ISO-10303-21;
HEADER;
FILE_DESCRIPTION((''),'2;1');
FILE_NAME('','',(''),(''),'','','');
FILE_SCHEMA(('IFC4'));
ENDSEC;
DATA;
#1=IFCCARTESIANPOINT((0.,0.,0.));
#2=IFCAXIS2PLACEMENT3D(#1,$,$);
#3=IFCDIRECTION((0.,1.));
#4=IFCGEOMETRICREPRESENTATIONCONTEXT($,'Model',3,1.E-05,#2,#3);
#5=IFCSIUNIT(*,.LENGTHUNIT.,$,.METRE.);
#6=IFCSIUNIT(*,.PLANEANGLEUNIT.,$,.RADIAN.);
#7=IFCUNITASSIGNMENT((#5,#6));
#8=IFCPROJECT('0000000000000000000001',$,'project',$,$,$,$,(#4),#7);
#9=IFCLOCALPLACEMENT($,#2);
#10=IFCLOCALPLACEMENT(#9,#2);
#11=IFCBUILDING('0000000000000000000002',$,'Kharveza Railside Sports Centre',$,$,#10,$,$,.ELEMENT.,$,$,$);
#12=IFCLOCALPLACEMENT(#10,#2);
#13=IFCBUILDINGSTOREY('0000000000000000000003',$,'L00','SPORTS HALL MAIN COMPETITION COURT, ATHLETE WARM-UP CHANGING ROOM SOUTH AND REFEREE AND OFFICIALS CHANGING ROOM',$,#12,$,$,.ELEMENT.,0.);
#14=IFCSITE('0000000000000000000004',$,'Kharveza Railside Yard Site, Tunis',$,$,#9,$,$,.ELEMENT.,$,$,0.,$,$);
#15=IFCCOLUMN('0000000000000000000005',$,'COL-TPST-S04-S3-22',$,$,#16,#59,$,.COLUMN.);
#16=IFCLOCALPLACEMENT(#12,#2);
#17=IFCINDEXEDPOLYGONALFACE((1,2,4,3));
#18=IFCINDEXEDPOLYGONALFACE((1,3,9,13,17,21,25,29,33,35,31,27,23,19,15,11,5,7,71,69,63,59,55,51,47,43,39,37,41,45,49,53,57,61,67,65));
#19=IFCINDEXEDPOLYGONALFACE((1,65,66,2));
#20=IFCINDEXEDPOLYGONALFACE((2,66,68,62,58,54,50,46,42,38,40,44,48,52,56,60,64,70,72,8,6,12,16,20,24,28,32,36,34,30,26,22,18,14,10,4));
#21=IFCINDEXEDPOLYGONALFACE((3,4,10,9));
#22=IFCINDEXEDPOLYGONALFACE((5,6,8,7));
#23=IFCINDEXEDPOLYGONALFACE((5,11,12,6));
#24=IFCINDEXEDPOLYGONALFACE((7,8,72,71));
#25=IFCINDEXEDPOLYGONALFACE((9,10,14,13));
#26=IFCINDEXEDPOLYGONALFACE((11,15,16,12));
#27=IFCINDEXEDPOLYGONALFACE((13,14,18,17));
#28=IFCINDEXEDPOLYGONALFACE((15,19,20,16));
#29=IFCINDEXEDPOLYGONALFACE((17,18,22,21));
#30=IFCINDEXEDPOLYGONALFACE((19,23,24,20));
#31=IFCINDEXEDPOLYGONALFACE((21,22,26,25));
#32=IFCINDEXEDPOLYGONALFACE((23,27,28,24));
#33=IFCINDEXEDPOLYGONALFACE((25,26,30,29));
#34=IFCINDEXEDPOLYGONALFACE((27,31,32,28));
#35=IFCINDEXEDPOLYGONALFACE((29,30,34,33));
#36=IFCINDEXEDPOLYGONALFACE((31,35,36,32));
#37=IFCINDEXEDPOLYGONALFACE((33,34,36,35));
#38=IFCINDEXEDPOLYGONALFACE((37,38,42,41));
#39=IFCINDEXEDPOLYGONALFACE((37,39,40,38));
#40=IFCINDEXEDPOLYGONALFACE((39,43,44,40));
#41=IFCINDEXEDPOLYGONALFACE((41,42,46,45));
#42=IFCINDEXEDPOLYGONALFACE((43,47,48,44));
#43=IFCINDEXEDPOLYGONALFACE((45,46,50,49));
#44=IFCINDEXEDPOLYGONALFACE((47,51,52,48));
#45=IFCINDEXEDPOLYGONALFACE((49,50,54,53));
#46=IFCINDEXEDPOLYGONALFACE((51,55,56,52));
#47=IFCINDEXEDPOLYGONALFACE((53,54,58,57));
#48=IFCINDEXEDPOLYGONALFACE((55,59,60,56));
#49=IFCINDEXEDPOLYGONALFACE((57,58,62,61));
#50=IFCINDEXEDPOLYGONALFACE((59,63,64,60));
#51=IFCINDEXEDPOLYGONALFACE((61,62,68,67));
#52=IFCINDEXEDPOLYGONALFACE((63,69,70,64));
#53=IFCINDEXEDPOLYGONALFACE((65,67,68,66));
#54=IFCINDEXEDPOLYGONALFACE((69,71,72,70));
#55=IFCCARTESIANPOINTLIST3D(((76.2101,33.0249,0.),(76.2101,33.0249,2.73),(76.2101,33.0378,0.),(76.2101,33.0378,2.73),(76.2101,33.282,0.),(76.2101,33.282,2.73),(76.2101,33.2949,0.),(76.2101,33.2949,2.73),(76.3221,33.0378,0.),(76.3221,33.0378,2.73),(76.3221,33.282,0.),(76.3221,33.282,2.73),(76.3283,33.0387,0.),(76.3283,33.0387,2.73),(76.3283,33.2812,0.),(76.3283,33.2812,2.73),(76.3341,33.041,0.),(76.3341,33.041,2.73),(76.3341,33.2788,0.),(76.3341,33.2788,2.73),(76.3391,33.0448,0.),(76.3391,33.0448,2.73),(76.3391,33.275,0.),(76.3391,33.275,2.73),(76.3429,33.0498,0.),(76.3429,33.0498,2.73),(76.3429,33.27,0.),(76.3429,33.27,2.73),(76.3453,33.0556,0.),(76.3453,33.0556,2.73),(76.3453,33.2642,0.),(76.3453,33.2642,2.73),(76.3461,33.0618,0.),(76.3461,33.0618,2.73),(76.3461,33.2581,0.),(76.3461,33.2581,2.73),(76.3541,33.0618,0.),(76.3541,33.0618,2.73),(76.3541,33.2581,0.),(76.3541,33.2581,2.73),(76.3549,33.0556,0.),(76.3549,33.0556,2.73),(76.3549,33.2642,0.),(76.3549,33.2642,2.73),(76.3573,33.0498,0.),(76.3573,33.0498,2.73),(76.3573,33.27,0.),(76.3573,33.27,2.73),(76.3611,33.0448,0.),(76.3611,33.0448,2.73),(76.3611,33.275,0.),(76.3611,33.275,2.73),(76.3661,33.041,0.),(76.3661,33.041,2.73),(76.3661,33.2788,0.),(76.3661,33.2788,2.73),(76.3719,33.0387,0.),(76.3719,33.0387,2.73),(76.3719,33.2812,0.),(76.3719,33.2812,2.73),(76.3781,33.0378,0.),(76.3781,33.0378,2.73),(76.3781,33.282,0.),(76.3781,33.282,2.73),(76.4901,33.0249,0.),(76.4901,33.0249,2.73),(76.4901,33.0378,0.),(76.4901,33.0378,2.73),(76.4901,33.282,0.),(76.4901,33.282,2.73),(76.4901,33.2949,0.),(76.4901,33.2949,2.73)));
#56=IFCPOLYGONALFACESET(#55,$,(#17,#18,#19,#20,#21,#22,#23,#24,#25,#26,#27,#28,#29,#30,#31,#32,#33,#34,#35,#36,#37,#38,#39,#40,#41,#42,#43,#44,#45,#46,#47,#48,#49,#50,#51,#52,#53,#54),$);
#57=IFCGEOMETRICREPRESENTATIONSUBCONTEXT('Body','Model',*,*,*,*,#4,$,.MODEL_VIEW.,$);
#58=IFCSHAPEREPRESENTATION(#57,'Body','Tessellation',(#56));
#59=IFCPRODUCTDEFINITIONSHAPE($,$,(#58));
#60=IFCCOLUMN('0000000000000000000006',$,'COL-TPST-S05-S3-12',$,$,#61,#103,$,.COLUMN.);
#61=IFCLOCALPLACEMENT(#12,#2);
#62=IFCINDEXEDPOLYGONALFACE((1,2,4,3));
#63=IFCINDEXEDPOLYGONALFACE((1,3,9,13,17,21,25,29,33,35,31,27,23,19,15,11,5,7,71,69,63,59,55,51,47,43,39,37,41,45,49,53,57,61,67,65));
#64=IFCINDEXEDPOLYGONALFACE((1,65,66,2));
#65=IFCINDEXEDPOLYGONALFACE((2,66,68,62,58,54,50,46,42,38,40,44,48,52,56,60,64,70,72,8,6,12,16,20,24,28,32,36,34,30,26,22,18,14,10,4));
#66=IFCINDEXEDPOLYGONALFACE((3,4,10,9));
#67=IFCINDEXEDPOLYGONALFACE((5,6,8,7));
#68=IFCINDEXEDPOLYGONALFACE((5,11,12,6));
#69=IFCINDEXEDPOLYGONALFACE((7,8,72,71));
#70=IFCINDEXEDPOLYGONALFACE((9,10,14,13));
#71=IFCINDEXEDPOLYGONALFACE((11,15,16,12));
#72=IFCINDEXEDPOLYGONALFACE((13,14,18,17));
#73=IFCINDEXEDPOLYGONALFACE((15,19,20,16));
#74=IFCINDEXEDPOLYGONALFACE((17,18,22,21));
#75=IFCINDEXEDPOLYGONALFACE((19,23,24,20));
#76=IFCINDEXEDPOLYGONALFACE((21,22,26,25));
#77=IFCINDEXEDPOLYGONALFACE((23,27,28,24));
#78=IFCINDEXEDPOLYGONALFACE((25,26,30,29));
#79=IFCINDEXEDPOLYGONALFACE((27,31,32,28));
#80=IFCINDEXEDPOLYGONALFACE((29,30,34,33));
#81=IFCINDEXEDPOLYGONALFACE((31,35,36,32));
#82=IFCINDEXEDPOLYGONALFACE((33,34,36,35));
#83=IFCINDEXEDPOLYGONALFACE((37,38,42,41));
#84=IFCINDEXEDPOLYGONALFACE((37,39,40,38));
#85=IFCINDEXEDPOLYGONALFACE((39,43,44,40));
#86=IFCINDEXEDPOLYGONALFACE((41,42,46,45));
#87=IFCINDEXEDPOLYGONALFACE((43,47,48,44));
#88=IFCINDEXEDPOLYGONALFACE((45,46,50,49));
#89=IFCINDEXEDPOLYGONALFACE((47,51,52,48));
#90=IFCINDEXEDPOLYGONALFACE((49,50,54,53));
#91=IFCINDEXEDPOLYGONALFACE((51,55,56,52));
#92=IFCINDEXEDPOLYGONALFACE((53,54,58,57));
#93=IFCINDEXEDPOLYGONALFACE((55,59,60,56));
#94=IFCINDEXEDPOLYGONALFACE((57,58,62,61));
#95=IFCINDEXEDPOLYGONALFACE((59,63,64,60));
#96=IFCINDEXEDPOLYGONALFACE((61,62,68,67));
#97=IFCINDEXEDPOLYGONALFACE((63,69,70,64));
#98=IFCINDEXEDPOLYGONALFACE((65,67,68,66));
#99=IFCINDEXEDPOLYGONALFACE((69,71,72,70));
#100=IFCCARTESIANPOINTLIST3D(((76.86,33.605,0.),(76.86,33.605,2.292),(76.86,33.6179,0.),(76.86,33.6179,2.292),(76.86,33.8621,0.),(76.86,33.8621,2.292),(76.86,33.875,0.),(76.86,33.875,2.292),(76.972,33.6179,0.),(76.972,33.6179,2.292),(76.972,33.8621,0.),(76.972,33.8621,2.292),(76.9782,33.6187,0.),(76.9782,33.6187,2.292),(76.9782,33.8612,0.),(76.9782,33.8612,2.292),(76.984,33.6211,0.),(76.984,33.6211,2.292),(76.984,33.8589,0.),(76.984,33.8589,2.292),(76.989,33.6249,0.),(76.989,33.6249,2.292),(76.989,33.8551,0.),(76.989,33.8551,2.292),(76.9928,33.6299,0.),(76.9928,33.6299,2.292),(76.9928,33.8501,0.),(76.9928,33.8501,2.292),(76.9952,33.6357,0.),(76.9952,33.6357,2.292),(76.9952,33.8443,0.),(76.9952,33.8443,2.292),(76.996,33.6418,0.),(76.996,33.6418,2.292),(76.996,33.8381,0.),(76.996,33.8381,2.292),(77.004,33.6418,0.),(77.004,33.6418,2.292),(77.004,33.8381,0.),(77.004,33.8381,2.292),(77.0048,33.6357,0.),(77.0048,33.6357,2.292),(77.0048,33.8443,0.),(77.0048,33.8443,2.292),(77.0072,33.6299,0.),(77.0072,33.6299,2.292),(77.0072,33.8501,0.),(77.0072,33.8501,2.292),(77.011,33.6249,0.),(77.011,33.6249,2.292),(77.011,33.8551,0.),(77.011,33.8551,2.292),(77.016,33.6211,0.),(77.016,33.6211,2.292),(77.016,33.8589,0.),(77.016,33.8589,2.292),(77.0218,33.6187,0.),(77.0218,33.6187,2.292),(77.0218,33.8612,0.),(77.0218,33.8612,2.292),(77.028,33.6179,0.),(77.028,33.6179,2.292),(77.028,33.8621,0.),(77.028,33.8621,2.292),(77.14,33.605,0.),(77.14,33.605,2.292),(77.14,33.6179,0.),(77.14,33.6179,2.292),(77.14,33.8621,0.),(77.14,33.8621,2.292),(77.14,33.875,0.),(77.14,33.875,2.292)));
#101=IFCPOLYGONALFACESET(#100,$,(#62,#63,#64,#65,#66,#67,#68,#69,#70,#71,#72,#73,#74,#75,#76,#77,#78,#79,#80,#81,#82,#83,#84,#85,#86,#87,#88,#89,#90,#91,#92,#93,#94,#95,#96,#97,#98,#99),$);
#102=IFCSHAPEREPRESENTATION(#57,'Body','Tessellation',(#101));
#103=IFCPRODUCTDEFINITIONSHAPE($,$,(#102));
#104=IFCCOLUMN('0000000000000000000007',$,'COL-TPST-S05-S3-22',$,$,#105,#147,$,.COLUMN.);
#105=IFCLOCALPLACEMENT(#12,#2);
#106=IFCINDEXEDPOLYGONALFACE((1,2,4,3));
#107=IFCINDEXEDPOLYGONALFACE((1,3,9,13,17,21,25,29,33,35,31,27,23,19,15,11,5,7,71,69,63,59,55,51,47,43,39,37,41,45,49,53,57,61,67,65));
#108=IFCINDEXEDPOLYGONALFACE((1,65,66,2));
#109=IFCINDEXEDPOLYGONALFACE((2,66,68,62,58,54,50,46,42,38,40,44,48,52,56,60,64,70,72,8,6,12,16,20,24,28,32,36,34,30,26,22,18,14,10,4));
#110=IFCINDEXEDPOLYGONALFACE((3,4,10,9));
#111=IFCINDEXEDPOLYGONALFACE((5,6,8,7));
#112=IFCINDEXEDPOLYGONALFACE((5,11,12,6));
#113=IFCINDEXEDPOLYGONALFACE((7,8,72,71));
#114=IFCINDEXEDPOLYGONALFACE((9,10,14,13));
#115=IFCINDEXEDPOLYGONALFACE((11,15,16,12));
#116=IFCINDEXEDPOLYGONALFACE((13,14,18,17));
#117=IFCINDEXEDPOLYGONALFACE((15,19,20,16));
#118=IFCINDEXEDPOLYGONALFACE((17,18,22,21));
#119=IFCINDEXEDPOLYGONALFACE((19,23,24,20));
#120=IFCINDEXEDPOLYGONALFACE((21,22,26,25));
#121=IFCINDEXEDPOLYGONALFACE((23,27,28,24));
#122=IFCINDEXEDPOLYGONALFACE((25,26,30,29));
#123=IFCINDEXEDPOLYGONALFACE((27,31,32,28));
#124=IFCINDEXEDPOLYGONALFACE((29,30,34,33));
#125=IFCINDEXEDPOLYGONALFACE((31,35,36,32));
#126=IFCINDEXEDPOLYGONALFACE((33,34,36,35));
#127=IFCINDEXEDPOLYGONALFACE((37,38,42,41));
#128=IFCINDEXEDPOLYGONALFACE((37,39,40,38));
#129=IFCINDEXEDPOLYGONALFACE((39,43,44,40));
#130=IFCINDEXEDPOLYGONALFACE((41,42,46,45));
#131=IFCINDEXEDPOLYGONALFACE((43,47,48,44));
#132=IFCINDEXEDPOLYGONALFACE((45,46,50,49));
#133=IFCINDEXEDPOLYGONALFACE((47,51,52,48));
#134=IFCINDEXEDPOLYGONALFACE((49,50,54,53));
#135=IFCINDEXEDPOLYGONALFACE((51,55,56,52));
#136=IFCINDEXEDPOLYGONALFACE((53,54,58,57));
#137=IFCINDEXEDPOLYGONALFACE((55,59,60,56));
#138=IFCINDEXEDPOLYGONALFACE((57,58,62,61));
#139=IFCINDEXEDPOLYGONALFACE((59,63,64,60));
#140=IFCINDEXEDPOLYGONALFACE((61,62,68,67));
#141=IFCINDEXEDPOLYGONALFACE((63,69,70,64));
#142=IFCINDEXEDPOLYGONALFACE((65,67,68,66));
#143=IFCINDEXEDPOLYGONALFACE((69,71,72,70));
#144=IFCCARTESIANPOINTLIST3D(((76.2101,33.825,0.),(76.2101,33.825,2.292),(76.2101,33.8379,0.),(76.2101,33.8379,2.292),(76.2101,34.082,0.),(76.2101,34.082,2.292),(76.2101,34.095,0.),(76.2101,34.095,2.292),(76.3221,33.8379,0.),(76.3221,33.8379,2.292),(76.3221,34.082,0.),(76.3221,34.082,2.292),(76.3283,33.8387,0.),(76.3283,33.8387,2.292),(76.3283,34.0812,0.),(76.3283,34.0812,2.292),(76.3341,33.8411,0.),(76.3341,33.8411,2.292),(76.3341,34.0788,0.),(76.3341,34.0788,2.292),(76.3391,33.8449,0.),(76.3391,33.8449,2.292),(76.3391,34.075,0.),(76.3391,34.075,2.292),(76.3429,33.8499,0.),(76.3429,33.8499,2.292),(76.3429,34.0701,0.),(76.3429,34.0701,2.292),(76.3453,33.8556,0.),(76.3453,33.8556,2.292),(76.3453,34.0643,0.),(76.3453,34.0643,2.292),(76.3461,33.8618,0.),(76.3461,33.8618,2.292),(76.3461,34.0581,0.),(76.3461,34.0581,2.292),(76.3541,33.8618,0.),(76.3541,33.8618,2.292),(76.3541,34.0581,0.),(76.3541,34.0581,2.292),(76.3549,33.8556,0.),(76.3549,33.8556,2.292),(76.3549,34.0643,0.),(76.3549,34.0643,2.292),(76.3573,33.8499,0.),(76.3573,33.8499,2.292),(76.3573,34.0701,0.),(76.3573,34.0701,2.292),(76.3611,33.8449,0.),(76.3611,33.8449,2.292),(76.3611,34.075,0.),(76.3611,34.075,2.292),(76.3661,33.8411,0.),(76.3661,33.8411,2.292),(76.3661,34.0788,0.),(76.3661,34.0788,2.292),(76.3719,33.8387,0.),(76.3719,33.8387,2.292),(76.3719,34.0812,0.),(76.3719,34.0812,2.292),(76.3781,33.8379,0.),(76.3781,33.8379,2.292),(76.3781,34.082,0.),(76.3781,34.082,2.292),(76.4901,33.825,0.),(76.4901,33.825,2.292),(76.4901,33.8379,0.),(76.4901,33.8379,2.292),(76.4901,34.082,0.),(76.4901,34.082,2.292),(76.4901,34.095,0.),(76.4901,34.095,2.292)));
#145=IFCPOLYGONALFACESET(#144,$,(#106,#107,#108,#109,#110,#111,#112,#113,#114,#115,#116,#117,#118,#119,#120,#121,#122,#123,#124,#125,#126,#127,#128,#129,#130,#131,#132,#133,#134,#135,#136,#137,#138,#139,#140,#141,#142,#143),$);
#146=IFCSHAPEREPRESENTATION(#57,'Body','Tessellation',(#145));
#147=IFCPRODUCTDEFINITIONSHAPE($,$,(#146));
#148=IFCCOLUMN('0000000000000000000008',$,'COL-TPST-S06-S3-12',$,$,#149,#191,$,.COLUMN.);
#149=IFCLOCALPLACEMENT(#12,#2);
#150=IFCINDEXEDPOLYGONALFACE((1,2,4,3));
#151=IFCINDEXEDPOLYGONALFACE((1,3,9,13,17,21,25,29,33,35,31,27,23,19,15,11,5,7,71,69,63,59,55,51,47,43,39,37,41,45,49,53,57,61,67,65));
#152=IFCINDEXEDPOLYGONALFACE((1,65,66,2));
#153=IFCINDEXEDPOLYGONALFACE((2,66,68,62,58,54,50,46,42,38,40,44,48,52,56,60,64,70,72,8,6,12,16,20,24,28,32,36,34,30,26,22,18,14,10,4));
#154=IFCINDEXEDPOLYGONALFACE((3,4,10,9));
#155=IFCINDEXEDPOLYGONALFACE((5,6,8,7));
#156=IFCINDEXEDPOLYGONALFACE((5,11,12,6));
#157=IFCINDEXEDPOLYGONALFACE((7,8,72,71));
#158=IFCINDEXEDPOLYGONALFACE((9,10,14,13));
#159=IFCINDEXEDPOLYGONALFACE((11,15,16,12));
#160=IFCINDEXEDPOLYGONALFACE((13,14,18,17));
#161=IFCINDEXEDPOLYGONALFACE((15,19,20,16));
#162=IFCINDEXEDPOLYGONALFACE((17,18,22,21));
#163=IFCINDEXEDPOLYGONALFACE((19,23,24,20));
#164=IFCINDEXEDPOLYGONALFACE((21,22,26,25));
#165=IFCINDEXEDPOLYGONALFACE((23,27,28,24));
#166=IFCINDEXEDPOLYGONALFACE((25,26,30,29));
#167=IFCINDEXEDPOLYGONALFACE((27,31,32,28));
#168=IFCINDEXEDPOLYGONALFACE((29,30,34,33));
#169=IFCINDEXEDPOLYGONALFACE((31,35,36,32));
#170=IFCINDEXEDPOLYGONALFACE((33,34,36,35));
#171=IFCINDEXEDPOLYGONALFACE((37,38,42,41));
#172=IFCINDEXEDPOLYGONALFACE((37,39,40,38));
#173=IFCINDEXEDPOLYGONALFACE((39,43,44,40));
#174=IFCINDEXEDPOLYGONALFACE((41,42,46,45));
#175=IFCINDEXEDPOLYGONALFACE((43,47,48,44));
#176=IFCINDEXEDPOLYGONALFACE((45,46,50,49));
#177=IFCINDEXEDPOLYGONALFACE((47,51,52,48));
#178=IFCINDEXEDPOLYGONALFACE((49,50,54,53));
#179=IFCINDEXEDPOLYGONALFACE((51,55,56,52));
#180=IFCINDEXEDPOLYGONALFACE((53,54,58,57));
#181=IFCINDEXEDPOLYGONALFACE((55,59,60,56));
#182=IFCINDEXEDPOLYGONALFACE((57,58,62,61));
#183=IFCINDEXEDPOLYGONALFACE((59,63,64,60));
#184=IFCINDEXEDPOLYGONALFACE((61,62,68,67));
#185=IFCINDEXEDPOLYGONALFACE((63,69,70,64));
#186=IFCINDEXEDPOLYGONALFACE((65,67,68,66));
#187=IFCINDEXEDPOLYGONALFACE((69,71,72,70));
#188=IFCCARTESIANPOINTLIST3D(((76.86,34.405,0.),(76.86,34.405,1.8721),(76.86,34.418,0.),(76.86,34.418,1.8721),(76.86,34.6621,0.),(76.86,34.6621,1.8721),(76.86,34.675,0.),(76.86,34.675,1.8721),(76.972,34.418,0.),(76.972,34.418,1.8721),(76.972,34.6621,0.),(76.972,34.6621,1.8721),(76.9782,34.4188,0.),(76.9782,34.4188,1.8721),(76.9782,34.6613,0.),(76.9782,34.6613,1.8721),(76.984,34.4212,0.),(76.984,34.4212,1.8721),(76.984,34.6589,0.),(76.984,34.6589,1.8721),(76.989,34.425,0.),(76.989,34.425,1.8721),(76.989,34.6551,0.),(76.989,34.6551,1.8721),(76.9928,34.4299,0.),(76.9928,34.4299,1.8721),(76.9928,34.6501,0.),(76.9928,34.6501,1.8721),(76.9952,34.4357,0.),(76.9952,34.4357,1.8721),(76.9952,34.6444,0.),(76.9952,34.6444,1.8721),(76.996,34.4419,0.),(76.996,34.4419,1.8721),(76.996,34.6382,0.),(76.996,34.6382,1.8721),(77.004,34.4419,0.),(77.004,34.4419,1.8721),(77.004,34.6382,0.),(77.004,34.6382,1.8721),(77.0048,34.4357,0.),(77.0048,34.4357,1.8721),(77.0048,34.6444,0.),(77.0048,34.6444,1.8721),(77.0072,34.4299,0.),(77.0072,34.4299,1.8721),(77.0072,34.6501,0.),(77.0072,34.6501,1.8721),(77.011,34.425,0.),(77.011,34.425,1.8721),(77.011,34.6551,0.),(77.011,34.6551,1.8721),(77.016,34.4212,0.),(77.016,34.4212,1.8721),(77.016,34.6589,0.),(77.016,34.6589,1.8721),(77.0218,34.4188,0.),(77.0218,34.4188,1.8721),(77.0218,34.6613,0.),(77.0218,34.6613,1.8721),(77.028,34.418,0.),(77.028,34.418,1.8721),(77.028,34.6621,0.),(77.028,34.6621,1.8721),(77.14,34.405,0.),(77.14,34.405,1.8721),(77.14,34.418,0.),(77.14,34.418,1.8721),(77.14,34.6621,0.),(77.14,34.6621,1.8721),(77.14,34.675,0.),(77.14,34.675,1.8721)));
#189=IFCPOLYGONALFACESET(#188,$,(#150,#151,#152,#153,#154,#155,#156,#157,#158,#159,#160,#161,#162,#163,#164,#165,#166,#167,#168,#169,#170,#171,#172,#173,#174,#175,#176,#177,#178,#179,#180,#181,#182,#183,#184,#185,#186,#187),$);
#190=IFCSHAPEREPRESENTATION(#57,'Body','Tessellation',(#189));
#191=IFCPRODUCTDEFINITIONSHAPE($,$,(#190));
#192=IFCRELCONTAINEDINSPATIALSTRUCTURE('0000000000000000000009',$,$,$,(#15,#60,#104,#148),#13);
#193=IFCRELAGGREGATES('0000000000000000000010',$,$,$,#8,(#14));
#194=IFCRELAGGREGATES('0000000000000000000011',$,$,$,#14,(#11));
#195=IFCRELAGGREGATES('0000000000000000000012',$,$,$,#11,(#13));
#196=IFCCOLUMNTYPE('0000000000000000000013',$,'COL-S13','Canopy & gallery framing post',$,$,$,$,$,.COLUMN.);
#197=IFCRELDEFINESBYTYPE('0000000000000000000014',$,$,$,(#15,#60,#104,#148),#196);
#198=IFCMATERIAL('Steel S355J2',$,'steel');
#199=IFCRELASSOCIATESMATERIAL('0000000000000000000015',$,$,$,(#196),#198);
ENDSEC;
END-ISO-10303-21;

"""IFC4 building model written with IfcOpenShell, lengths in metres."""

from ifc_helpers import new_model, si_unit, direction, frame, origin, origin_2d, place, context, subcontext, project, spatial, i_section, extrude, material, material_profile, profile_set, type_object, element, save


model = new_model("IFC4")

# Units and contexts
model_context = context("Model", 3, precision=1e-05, world=origin(), true_north=direction((0.0, 1.0)))
body_context = subcontext(model_context, "Body", "Model", "MODEL_VIEW")
ifc_project = project(units=[si_unit("LENGTHUNIT", "METRE"), si_unit("PLANEANGLEUNIT", "RADIAN")], contexts=[model_context])

# Site, building, storey
site_placement = place(None, origin())
site = spatial("IfcSite", under=ifc_project, at=site_placement, Name="Kharveza Railside Yard Site, Tunis", CompositionType="ELEMENT", RefElevation=0.0)
building_placement = place(site_placement, origin())
building = spatial("IfcBuilding", under=site, at=building_placement, Name="Kharveza Railside Sports Centre", CompositionType="ELEMENT")
storey_placement = place(building_placement, origin())
storey = spatial("IfcBuildingStorey", under=building, at=storey_placement, Name="L00", Description="SPORTS HALL MAIN COMPETITION COURT, ATHLETE WARM-UP CHANGING ROOM SOUTH AND REFEREE AND OFFICIALS CHANGING ROOM", CompositionType="ELEMENT", Elevation=0.0)

# Columns
ifc_material_1 = material(Name="Steel S355J2", Category="steel")
ifc_material_profile_1 = material_profile(ifc_material_1, i_section(OverallWidth=0.28, OverallDepth=0.27, WebThickness=0.0081, FlangeThickness=0.0129, FilletRadius=0.0239, at=origin_2d()), Name="HEA 280")
ifc_profile_set_1 = profile_set([ifc_material_profile_1], Name="Steel S355J2")
column_type_1 = type_object("IfcColumnType", Name="COL-S13", Description="Canopy & gallery framing post", PredefinedType="COLUMN", material=ifc_profile_set_1)
for number, where, z_axis, x_axis, name in (
    (1, (76.3501, 33.1599, 0.0), (0.0, 0.0, 1.0), (1.0, 0.0, 0.0), "COL-TPST-S04-S3-22"),
):
    element("IfcColumn", number, at=place(storey_placement, frame(where, z_axis=z_axis, x_axis=x_axis)), inside=storey, type_object=column_type_1, Name=name, PredefinedType="COLUMN", context=body_context, shape_type="SweptSolid", body=[
        extrude(i_section(OverallWidth=0.28, OverallDepth=0.27, WebThickness=0.0081, FlangeThickness=0.0129, FilletRadius=0.0239, at=origin_2d()), origin(), (0.0, 0.0, 1.0), 2.73),
    ])
for number, where, z_axis, x_axis, name in (
    (2, (77.0, 33.74, 0.0), (0.0, 0.0, 1.0), (1.0, 0.0, 0.0), "COL-TPST-S05-S3-12"),
    (3, (76.3501, 33.96, 0.0), (0.0, 0.0, 1.0), (1.0, 0.0, 0.0), "COL-TPST-S05-S3-22"),
):
    element("IfcColumn", number, at=place(storey_placement, frame(where, z_axis=z_axis, x_axis=x_axis)), inside=storey, type_object=column_type_1, Name=name, PredefinedType="COLUMN", context=body_context, shape_type="SweptSolid", body=[
        extrude(i_section(OverallWidth=0.28, OverallDepth=0.27, WebThickness=0.0081, FlangeThickness=0.0129, FilletRadius=0.0239, at=origin_2d()), origin(), (0.0, 0.0, 1.0), 2.292),
    ])
for number, where, z_axis, x_axis, name in (
    (4, (77.0, 34.54, 0.0), (0.0, 0.0, 1.0), (1.0, 0.0, 0.0), "COL-TPST-S06-S3-12"),
):
    element("IfcColumn", number, at=place(storey_placement, frame(where, z_axis=z_axis, x_axis=x_axis)), inside=storey, type_object=column_type_1, Name=name, PredefinedType="COLUMN", context=body_context, shape_type="SweptSolid", body=[
        extrude(i_section(OverallWidth=0.28, OverallDepth=0.27, WebThickness=0.0081, FlangeThickness=0.0129, FilletRadius=0.0239, at=origin_2d()), origin(), (0.0, 0.0, 1.0), 1.8721),
    ])

save(model, "model.ifc")
